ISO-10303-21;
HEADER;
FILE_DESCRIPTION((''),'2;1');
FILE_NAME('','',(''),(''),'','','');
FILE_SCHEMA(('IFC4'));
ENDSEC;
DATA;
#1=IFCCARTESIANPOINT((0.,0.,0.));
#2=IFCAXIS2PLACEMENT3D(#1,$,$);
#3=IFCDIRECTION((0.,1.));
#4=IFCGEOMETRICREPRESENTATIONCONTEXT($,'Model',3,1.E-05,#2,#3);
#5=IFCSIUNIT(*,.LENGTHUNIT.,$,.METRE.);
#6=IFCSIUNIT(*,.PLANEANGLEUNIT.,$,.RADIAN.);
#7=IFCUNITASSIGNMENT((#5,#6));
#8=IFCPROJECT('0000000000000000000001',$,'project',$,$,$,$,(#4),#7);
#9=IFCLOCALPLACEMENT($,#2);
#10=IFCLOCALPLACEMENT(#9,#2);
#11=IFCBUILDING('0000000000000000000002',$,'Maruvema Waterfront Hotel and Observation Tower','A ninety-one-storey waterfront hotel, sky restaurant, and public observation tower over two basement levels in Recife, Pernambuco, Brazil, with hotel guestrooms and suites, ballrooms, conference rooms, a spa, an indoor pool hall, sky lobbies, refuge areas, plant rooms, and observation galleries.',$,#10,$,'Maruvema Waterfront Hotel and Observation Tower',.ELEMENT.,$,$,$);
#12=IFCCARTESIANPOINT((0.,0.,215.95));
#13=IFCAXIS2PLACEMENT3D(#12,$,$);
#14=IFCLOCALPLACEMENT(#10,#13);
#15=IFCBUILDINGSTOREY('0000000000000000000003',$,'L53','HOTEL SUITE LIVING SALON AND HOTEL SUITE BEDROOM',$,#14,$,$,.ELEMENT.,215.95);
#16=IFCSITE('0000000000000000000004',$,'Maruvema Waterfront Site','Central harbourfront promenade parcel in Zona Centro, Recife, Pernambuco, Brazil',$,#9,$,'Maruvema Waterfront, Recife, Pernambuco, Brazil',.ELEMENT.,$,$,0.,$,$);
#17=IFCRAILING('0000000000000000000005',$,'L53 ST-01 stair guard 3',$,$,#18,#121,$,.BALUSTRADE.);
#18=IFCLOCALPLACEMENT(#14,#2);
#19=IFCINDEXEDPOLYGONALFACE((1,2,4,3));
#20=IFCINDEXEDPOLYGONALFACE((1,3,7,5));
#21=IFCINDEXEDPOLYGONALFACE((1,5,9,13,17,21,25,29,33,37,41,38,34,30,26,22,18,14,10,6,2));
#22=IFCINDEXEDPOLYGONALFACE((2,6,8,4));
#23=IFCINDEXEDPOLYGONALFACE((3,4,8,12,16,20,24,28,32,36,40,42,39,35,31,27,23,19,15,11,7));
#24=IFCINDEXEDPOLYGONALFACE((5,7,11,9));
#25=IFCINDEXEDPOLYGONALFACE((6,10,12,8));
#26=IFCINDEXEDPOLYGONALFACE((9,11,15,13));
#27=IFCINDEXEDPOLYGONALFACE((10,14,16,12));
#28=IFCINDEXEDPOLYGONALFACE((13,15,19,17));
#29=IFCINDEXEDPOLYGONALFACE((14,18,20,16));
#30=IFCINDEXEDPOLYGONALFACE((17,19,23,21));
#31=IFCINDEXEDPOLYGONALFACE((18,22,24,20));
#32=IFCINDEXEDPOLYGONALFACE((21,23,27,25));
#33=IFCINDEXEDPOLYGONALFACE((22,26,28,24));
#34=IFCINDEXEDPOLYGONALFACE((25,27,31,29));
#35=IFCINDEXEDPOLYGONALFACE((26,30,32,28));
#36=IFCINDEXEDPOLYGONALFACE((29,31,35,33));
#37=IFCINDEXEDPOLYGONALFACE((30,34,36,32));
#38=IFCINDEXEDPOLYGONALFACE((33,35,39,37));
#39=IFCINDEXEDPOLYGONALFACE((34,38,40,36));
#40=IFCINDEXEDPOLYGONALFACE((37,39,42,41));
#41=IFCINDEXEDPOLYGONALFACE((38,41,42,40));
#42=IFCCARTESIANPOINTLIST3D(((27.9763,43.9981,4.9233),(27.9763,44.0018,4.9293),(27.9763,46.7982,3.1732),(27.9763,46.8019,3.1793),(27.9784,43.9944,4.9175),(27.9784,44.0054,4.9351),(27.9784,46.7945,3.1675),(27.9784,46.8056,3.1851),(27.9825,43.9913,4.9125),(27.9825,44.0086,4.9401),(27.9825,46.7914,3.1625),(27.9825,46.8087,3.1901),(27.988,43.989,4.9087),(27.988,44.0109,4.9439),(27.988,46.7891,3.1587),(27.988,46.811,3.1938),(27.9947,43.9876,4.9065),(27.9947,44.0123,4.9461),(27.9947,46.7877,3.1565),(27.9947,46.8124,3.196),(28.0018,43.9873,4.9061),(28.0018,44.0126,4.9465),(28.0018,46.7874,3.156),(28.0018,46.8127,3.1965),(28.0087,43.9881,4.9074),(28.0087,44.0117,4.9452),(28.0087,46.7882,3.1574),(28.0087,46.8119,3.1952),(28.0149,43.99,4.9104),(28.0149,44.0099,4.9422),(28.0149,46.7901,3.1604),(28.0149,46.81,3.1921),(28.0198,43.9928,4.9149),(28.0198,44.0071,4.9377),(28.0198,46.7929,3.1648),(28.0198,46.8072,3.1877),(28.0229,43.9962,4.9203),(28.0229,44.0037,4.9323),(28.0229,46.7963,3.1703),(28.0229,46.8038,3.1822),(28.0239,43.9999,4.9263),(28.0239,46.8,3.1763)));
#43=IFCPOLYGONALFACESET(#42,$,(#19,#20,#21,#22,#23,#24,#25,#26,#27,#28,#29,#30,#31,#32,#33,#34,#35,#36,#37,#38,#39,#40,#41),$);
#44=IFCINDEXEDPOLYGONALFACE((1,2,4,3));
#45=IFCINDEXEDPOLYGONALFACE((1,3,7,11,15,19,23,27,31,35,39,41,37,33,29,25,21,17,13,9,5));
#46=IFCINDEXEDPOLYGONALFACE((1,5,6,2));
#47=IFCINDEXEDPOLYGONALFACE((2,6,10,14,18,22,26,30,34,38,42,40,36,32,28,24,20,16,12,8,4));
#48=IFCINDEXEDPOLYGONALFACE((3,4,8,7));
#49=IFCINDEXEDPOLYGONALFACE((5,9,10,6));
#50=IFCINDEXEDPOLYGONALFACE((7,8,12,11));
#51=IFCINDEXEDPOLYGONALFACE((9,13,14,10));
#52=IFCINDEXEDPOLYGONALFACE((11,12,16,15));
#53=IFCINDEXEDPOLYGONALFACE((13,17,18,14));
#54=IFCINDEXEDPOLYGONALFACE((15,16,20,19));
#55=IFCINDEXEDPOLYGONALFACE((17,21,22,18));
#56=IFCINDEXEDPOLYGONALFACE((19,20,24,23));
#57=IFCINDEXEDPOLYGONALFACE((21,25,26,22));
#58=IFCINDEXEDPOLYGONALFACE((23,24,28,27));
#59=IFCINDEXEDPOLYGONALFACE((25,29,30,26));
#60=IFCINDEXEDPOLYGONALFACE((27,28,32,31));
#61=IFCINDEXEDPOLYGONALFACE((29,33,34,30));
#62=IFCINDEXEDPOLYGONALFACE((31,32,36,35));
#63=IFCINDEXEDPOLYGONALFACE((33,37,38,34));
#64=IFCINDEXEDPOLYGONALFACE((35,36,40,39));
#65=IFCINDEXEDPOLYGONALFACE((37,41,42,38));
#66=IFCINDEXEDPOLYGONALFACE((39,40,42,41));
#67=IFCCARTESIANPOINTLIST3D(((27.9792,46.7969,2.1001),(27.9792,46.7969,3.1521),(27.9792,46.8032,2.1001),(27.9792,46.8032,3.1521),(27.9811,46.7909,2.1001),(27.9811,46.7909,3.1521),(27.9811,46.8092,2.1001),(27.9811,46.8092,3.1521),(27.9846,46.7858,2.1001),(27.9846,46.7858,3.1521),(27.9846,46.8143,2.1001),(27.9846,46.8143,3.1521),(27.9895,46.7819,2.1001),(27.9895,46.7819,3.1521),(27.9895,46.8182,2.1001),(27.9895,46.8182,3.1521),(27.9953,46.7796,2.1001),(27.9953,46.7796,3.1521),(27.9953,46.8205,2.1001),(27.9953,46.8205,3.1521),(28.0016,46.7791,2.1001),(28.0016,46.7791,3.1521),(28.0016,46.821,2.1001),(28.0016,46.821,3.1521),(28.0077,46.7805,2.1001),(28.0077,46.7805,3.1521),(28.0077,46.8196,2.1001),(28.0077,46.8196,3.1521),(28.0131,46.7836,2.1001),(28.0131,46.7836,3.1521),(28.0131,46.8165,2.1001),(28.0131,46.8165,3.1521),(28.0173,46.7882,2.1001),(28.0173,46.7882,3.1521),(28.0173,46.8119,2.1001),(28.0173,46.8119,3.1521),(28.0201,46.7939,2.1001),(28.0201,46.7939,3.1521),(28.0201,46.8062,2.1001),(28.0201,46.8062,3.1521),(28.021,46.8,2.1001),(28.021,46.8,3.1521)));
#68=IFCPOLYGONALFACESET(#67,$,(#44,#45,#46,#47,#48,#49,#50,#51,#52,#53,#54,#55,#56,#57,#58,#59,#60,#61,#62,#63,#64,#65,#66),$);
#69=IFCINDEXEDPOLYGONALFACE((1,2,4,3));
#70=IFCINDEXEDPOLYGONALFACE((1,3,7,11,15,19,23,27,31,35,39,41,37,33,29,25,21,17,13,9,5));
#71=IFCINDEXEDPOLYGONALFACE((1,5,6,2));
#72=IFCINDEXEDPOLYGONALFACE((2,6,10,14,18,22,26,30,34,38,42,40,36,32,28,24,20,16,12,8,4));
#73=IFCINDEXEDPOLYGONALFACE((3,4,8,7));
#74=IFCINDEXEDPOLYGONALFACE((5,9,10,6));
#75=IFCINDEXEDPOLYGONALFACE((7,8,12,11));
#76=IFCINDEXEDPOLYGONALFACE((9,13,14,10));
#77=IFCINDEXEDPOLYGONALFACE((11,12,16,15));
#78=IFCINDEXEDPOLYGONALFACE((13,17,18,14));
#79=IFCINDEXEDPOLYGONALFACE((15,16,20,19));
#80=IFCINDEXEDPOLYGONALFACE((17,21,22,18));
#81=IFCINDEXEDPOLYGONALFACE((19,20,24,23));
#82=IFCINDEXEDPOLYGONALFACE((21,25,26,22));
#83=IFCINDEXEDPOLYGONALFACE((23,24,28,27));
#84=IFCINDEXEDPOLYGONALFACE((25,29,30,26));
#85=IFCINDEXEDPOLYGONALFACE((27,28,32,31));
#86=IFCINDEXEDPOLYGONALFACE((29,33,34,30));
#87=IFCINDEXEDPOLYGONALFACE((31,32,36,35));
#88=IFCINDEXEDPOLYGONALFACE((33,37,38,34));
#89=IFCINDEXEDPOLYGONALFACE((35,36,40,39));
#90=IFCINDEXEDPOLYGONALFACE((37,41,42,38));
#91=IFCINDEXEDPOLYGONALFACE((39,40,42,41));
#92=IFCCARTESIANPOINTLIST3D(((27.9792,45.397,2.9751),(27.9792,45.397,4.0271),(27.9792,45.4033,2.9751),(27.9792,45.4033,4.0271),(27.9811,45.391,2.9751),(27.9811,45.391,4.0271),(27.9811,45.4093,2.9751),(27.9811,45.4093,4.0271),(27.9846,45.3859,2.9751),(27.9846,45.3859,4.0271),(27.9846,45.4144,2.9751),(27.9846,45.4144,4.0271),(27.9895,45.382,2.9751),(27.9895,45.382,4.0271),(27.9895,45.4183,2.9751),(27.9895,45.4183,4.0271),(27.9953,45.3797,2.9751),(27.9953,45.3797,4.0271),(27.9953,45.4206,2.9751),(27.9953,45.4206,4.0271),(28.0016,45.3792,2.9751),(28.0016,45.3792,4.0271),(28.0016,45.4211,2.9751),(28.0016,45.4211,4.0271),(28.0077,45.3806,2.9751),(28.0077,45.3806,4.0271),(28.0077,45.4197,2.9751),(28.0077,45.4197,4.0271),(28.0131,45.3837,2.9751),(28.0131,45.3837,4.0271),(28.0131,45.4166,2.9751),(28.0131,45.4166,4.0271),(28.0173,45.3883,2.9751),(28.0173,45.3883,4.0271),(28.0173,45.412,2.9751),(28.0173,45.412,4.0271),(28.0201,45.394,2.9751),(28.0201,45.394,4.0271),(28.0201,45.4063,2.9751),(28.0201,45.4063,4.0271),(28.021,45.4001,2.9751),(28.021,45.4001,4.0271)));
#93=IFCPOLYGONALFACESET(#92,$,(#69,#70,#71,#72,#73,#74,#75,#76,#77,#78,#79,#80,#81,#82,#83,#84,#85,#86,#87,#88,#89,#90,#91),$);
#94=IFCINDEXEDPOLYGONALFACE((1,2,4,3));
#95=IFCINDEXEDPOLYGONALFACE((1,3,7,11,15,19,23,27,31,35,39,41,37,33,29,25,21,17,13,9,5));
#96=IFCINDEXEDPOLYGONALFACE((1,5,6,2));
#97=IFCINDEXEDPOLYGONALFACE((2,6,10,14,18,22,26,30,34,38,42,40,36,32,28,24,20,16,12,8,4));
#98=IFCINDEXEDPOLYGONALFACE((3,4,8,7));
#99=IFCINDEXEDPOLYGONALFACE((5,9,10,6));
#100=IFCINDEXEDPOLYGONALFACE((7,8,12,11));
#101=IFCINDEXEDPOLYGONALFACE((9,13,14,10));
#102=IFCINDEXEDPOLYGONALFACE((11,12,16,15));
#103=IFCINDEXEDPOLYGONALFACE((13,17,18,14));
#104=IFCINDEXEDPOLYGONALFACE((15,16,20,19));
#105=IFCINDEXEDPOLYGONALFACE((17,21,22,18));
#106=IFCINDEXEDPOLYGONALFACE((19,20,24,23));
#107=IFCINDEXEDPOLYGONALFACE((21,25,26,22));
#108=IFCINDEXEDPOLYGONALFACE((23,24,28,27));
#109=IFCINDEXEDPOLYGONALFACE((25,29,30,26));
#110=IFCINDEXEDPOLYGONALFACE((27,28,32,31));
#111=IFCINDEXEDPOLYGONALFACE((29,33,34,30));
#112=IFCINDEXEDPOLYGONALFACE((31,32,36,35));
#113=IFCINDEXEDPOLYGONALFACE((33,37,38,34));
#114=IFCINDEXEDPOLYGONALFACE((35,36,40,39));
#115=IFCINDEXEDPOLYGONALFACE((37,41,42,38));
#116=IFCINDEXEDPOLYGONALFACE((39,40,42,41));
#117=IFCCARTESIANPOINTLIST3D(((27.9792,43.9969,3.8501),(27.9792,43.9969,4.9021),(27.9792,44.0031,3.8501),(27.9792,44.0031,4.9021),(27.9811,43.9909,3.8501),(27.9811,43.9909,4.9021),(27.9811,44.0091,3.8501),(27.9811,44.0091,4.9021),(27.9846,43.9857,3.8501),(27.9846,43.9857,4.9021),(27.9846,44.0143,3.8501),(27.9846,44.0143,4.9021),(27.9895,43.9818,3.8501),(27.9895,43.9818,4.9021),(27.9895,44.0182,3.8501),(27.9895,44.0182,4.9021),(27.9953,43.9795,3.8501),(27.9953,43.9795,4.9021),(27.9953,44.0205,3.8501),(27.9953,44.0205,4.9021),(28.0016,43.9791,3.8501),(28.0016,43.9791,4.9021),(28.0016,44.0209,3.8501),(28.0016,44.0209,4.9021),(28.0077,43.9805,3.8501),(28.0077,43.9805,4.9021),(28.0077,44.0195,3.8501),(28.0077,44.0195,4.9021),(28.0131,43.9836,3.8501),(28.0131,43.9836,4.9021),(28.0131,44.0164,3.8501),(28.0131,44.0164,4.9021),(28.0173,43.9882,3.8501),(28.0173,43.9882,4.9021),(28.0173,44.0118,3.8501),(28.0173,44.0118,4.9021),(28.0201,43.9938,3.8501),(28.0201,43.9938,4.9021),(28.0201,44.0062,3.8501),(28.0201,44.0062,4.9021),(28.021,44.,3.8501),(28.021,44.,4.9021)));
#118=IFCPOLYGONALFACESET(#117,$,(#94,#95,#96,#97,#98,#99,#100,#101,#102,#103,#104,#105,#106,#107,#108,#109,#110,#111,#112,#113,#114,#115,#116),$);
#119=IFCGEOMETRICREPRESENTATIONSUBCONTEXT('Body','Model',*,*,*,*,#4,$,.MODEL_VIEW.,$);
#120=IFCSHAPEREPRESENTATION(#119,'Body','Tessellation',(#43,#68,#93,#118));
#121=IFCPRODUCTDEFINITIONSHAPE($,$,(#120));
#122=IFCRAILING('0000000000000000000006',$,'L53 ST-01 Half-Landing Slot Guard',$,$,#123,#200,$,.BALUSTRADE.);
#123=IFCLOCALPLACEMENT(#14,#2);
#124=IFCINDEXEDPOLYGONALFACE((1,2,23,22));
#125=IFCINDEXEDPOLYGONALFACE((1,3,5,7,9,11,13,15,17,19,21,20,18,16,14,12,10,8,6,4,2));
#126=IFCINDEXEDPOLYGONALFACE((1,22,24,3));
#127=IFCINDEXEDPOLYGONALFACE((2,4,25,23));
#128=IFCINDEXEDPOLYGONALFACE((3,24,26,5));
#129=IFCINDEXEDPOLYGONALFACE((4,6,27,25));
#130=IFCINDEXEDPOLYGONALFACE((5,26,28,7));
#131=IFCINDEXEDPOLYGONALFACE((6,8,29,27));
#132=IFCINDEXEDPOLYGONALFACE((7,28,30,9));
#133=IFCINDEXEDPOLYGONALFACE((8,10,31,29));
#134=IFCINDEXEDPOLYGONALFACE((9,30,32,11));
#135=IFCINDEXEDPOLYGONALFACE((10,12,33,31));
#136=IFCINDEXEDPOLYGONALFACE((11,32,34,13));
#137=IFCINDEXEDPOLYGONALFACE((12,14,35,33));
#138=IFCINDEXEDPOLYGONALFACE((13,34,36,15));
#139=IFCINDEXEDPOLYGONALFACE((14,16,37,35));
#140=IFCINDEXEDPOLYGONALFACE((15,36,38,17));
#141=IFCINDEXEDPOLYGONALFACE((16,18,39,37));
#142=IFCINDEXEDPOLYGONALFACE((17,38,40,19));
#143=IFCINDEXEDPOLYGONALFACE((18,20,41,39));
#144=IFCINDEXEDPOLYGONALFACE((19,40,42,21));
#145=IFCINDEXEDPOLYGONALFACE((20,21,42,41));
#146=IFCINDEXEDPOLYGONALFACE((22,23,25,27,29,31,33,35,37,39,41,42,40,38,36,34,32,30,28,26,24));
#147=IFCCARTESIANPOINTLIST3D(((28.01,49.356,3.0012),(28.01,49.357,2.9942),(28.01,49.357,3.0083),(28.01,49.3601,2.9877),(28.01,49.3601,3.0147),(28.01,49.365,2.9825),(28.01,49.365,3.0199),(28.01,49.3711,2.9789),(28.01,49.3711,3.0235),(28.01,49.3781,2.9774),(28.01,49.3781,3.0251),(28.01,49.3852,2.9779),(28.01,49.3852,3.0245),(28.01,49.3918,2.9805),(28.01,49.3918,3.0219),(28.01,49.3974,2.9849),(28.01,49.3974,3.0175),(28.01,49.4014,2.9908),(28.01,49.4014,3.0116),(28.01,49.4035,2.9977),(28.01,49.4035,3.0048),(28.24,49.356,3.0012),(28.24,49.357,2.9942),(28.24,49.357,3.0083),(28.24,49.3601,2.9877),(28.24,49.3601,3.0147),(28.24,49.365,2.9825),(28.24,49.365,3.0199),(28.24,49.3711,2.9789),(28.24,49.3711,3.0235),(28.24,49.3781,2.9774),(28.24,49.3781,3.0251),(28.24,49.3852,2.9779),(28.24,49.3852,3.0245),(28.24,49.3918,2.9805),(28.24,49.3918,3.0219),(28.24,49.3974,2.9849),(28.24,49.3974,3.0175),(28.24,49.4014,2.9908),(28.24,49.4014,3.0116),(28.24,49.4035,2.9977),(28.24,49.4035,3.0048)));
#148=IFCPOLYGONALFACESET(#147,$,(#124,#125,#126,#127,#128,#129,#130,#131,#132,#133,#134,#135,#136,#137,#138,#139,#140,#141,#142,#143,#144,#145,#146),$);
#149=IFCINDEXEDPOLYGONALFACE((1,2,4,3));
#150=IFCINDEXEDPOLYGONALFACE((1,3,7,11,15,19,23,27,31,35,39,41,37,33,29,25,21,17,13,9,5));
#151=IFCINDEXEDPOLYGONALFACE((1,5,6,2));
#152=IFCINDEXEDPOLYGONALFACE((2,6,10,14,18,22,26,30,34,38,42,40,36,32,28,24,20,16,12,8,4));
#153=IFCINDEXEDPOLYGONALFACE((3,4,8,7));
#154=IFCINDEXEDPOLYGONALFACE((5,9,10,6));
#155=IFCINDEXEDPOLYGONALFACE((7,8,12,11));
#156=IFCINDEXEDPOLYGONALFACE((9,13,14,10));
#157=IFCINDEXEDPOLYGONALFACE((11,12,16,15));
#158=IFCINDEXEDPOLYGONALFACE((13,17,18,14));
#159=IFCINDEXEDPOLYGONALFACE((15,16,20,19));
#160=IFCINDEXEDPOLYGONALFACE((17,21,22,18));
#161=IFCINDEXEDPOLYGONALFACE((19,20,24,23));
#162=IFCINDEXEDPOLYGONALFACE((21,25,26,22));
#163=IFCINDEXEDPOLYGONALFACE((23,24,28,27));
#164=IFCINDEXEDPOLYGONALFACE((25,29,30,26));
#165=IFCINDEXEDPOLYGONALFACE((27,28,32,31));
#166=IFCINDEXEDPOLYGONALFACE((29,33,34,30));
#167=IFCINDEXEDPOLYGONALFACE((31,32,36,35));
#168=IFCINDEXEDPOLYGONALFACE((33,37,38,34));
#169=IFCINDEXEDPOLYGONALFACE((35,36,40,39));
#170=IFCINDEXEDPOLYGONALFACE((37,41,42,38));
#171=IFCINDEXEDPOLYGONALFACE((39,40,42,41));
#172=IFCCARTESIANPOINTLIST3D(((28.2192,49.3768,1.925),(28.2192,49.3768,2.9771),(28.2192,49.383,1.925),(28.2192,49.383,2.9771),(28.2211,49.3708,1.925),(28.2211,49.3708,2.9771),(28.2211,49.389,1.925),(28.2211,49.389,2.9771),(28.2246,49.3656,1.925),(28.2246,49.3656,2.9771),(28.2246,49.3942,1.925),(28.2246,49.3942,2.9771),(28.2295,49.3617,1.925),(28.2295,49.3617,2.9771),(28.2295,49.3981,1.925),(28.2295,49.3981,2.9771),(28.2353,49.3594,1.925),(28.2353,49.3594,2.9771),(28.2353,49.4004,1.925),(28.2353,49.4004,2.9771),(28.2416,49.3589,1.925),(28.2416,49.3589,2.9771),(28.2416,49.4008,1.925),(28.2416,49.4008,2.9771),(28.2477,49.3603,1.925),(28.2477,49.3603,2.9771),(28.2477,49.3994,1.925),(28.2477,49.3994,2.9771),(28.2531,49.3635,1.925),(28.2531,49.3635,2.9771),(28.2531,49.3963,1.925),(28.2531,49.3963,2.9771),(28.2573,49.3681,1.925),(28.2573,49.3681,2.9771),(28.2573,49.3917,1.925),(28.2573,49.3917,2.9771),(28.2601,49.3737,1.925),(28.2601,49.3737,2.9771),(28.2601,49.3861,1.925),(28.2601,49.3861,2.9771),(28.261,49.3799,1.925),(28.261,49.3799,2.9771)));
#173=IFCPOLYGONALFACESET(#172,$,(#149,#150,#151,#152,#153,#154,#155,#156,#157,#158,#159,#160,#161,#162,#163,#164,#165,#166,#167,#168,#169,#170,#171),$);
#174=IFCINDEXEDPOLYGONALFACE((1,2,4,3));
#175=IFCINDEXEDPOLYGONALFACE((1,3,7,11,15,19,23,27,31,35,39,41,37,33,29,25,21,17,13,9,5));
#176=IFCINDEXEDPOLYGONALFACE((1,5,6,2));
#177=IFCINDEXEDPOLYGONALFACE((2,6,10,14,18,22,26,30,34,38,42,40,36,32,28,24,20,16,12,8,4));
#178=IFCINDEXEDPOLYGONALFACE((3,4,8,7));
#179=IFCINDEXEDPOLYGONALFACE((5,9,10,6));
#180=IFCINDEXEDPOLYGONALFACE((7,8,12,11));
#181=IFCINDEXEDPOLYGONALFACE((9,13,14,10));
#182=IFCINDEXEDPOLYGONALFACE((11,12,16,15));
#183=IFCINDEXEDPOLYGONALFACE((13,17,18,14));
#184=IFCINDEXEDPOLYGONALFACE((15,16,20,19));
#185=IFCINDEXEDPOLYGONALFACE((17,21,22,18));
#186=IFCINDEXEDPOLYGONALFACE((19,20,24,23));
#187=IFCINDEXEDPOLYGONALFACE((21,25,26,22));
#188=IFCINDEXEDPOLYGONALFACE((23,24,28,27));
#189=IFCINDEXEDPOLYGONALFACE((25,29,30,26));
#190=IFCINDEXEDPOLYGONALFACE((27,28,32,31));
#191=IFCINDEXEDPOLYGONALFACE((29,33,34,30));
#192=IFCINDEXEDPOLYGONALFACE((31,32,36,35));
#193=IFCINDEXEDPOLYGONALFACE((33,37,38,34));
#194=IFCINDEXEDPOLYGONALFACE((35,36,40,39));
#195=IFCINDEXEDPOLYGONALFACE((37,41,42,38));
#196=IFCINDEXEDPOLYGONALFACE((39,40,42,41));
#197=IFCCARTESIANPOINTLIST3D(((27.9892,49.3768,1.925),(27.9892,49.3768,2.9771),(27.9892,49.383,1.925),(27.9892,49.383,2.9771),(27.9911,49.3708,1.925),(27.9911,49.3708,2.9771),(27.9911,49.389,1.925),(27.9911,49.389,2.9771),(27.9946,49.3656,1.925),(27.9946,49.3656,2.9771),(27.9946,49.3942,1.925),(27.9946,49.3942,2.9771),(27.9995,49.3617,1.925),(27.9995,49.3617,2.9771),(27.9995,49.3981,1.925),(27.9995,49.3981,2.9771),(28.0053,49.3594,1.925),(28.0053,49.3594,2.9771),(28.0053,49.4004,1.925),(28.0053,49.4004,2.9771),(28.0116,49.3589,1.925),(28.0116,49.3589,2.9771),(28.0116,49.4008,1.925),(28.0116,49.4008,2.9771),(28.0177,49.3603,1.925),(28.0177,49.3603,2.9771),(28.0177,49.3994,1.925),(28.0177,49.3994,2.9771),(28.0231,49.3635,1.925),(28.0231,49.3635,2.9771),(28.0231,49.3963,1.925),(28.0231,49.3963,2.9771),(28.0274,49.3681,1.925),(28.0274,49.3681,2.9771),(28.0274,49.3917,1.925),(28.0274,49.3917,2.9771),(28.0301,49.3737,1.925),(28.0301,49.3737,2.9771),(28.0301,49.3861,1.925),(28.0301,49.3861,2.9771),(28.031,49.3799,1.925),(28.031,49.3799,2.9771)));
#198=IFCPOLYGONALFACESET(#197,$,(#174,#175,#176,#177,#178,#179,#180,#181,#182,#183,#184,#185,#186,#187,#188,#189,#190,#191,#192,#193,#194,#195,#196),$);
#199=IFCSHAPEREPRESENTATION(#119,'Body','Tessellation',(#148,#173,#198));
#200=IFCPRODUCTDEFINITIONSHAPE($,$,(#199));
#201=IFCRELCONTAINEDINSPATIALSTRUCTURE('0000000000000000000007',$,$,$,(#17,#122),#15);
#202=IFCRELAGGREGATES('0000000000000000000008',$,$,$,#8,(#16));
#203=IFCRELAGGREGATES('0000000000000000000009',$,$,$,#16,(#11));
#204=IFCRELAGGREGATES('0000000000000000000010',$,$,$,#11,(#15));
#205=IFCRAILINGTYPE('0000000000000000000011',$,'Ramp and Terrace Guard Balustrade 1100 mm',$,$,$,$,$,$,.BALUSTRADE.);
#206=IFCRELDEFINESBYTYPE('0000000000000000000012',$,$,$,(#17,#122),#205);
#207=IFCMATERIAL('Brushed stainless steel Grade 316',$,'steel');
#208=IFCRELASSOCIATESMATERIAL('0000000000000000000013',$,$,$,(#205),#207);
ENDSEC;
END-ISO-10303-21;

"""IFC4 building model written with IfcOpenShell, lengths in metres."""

from ifc_helpers import new_model, si_unit, direction, frame, origin, origin_2d, place, context, subcontext, project, spatial, circle, extrude, material, type_object, element, save


model = new_model("IFC4")

# Units and contexts
model_context = context("Model", 3, precision=1e-05, world=origin(), true_north=direction((0.0, 1.0)))
body_context = subcontext(model_context, "Body", "Model", "MODEL_VIEW")
ifc_project = project(units=[si_unit("LENGTHUNIT", "METRE"), si_unit("PLANEANGLEUNIT", "RADIAN")], contexts=[model_context])

# Site, building, storey
site_placement = place(None, origin())
site = spatial("IfcSite", under=ifc_project, at=site_placement, Name="Maruvema Waterfront Site", Description="Central harbourfront promenade parcel in Zona Centro, Recife, Pernambuco, Brazil", LongName="Maruvema Waterfront, Recife, Pernambuco, Brazil", CompositionType="ELEMENT", RefElevation=0.0)
building_placement = place(site_placement, origin())
building = spatial("IfcBuilding", under=site, at=building_placement, Name="Maruvema Waterfront Hotel and Observation Tower", Description="A ninety-one-storey waterfront hotel, sky restaurant, and public observation tower over two basement levels in Recife, Pernambuco, Brazil, with hotel guestrooms and suites, ballrooms, conference rooms, a spa, an indoor pool hall, sky lobbies, refuge areas, plant rooms, and observation galleries.", LongName="Maruvema Waterfront Hotel and Observation Tower", CompositionType="ELEMENT")
storey_placement = place(building_placement, frame((0.0, 0.0, 215.95)))
storey = spatial("IfcBuildingStorey", under=building, at=storey_placement, Name="L53", Description="HOTEL SUITE LIVING SALON AND HOTEL SUITE BEDROOM", CompositionType="ELEMENT", Elevation=215.95)

# Railings
ifc_material_1 = material(Name="Brushed stainless steel Grade 316", Category="steel")
railing_type_1 = type_object("IfcRailingType", Name="Ramp and Terrace Guard Balustrade 1100 mm", PredefinedType="BALUSTRADE", material=ifc_material_1)
railing_1_placement = place(storey_placement, frame((28.0, 46.8, 2.1001)))
element("IfcRailing", 1, at=railing_1_placement, inside=storey, type_object=railing_type_1, Name="L53 ST-01 stair guard 3", PredefinedType="BALUSTRADE", context=body_context, shape_type="SweptSolid", body=[
    extrude(circle(Radius=0.0239, at=origin_2d()), frame((0.0, 0.0, 1.0762), z_axis=(0.0, -0.848002, 0.529992), x_axis=(1.0, 0.0, 0.0)), (0.0, 0.0, 1.0), 3.302),
    extrude(circle(Radius=0.021, at=origin_2d()), origin(), (0.0, 0.0, 1.0), 1.052),
    extrude(circle(Radius=0.021, at=origin_2d()), frame((0.0, -1.3999, 0.875)), (0.0, 0.0, 1.0), 1.052),
    extrude(circle(Radius=0.021, at=origin_2d()), frame((0.0, -2.8, 1.75)), (0.0, 0.0, 1.0), 1.052),
])
railing_2_placement = place(storey_placement, frame((28.24, 49.3799, 1.925)))
element("IfcRailing", 2, at=railing_2_placement, inside=storey, type_object=railing_type_1, Name="L53 ST-01 Half-Landing Slot Guard", PredefinedType="BALUSTRADE", context=body_context, shape_type="SweptSolid", body=[
    extrude(circle(Radius=0.0239, at=origin_2d()), frame((0.0, 0.0, 1.0762), z_axis=(-1.0, 0.0, 0.0), x_axis=(0.0, -1.0, 0.0)), (0.0, 0.0, 1.0), 0.23),
    extrude(circle(Radius=0.021, at=origin_2d()), origin(), (0.0, 0.0, 1.0), 1.052),
    extrude(circle(Radius=0.021, at=origin_2d()), frame((-0.23, 0.0, 0.0)), (0.0, 0.0, 1.0), 1.052),
])

save(model, "model.ifc")
